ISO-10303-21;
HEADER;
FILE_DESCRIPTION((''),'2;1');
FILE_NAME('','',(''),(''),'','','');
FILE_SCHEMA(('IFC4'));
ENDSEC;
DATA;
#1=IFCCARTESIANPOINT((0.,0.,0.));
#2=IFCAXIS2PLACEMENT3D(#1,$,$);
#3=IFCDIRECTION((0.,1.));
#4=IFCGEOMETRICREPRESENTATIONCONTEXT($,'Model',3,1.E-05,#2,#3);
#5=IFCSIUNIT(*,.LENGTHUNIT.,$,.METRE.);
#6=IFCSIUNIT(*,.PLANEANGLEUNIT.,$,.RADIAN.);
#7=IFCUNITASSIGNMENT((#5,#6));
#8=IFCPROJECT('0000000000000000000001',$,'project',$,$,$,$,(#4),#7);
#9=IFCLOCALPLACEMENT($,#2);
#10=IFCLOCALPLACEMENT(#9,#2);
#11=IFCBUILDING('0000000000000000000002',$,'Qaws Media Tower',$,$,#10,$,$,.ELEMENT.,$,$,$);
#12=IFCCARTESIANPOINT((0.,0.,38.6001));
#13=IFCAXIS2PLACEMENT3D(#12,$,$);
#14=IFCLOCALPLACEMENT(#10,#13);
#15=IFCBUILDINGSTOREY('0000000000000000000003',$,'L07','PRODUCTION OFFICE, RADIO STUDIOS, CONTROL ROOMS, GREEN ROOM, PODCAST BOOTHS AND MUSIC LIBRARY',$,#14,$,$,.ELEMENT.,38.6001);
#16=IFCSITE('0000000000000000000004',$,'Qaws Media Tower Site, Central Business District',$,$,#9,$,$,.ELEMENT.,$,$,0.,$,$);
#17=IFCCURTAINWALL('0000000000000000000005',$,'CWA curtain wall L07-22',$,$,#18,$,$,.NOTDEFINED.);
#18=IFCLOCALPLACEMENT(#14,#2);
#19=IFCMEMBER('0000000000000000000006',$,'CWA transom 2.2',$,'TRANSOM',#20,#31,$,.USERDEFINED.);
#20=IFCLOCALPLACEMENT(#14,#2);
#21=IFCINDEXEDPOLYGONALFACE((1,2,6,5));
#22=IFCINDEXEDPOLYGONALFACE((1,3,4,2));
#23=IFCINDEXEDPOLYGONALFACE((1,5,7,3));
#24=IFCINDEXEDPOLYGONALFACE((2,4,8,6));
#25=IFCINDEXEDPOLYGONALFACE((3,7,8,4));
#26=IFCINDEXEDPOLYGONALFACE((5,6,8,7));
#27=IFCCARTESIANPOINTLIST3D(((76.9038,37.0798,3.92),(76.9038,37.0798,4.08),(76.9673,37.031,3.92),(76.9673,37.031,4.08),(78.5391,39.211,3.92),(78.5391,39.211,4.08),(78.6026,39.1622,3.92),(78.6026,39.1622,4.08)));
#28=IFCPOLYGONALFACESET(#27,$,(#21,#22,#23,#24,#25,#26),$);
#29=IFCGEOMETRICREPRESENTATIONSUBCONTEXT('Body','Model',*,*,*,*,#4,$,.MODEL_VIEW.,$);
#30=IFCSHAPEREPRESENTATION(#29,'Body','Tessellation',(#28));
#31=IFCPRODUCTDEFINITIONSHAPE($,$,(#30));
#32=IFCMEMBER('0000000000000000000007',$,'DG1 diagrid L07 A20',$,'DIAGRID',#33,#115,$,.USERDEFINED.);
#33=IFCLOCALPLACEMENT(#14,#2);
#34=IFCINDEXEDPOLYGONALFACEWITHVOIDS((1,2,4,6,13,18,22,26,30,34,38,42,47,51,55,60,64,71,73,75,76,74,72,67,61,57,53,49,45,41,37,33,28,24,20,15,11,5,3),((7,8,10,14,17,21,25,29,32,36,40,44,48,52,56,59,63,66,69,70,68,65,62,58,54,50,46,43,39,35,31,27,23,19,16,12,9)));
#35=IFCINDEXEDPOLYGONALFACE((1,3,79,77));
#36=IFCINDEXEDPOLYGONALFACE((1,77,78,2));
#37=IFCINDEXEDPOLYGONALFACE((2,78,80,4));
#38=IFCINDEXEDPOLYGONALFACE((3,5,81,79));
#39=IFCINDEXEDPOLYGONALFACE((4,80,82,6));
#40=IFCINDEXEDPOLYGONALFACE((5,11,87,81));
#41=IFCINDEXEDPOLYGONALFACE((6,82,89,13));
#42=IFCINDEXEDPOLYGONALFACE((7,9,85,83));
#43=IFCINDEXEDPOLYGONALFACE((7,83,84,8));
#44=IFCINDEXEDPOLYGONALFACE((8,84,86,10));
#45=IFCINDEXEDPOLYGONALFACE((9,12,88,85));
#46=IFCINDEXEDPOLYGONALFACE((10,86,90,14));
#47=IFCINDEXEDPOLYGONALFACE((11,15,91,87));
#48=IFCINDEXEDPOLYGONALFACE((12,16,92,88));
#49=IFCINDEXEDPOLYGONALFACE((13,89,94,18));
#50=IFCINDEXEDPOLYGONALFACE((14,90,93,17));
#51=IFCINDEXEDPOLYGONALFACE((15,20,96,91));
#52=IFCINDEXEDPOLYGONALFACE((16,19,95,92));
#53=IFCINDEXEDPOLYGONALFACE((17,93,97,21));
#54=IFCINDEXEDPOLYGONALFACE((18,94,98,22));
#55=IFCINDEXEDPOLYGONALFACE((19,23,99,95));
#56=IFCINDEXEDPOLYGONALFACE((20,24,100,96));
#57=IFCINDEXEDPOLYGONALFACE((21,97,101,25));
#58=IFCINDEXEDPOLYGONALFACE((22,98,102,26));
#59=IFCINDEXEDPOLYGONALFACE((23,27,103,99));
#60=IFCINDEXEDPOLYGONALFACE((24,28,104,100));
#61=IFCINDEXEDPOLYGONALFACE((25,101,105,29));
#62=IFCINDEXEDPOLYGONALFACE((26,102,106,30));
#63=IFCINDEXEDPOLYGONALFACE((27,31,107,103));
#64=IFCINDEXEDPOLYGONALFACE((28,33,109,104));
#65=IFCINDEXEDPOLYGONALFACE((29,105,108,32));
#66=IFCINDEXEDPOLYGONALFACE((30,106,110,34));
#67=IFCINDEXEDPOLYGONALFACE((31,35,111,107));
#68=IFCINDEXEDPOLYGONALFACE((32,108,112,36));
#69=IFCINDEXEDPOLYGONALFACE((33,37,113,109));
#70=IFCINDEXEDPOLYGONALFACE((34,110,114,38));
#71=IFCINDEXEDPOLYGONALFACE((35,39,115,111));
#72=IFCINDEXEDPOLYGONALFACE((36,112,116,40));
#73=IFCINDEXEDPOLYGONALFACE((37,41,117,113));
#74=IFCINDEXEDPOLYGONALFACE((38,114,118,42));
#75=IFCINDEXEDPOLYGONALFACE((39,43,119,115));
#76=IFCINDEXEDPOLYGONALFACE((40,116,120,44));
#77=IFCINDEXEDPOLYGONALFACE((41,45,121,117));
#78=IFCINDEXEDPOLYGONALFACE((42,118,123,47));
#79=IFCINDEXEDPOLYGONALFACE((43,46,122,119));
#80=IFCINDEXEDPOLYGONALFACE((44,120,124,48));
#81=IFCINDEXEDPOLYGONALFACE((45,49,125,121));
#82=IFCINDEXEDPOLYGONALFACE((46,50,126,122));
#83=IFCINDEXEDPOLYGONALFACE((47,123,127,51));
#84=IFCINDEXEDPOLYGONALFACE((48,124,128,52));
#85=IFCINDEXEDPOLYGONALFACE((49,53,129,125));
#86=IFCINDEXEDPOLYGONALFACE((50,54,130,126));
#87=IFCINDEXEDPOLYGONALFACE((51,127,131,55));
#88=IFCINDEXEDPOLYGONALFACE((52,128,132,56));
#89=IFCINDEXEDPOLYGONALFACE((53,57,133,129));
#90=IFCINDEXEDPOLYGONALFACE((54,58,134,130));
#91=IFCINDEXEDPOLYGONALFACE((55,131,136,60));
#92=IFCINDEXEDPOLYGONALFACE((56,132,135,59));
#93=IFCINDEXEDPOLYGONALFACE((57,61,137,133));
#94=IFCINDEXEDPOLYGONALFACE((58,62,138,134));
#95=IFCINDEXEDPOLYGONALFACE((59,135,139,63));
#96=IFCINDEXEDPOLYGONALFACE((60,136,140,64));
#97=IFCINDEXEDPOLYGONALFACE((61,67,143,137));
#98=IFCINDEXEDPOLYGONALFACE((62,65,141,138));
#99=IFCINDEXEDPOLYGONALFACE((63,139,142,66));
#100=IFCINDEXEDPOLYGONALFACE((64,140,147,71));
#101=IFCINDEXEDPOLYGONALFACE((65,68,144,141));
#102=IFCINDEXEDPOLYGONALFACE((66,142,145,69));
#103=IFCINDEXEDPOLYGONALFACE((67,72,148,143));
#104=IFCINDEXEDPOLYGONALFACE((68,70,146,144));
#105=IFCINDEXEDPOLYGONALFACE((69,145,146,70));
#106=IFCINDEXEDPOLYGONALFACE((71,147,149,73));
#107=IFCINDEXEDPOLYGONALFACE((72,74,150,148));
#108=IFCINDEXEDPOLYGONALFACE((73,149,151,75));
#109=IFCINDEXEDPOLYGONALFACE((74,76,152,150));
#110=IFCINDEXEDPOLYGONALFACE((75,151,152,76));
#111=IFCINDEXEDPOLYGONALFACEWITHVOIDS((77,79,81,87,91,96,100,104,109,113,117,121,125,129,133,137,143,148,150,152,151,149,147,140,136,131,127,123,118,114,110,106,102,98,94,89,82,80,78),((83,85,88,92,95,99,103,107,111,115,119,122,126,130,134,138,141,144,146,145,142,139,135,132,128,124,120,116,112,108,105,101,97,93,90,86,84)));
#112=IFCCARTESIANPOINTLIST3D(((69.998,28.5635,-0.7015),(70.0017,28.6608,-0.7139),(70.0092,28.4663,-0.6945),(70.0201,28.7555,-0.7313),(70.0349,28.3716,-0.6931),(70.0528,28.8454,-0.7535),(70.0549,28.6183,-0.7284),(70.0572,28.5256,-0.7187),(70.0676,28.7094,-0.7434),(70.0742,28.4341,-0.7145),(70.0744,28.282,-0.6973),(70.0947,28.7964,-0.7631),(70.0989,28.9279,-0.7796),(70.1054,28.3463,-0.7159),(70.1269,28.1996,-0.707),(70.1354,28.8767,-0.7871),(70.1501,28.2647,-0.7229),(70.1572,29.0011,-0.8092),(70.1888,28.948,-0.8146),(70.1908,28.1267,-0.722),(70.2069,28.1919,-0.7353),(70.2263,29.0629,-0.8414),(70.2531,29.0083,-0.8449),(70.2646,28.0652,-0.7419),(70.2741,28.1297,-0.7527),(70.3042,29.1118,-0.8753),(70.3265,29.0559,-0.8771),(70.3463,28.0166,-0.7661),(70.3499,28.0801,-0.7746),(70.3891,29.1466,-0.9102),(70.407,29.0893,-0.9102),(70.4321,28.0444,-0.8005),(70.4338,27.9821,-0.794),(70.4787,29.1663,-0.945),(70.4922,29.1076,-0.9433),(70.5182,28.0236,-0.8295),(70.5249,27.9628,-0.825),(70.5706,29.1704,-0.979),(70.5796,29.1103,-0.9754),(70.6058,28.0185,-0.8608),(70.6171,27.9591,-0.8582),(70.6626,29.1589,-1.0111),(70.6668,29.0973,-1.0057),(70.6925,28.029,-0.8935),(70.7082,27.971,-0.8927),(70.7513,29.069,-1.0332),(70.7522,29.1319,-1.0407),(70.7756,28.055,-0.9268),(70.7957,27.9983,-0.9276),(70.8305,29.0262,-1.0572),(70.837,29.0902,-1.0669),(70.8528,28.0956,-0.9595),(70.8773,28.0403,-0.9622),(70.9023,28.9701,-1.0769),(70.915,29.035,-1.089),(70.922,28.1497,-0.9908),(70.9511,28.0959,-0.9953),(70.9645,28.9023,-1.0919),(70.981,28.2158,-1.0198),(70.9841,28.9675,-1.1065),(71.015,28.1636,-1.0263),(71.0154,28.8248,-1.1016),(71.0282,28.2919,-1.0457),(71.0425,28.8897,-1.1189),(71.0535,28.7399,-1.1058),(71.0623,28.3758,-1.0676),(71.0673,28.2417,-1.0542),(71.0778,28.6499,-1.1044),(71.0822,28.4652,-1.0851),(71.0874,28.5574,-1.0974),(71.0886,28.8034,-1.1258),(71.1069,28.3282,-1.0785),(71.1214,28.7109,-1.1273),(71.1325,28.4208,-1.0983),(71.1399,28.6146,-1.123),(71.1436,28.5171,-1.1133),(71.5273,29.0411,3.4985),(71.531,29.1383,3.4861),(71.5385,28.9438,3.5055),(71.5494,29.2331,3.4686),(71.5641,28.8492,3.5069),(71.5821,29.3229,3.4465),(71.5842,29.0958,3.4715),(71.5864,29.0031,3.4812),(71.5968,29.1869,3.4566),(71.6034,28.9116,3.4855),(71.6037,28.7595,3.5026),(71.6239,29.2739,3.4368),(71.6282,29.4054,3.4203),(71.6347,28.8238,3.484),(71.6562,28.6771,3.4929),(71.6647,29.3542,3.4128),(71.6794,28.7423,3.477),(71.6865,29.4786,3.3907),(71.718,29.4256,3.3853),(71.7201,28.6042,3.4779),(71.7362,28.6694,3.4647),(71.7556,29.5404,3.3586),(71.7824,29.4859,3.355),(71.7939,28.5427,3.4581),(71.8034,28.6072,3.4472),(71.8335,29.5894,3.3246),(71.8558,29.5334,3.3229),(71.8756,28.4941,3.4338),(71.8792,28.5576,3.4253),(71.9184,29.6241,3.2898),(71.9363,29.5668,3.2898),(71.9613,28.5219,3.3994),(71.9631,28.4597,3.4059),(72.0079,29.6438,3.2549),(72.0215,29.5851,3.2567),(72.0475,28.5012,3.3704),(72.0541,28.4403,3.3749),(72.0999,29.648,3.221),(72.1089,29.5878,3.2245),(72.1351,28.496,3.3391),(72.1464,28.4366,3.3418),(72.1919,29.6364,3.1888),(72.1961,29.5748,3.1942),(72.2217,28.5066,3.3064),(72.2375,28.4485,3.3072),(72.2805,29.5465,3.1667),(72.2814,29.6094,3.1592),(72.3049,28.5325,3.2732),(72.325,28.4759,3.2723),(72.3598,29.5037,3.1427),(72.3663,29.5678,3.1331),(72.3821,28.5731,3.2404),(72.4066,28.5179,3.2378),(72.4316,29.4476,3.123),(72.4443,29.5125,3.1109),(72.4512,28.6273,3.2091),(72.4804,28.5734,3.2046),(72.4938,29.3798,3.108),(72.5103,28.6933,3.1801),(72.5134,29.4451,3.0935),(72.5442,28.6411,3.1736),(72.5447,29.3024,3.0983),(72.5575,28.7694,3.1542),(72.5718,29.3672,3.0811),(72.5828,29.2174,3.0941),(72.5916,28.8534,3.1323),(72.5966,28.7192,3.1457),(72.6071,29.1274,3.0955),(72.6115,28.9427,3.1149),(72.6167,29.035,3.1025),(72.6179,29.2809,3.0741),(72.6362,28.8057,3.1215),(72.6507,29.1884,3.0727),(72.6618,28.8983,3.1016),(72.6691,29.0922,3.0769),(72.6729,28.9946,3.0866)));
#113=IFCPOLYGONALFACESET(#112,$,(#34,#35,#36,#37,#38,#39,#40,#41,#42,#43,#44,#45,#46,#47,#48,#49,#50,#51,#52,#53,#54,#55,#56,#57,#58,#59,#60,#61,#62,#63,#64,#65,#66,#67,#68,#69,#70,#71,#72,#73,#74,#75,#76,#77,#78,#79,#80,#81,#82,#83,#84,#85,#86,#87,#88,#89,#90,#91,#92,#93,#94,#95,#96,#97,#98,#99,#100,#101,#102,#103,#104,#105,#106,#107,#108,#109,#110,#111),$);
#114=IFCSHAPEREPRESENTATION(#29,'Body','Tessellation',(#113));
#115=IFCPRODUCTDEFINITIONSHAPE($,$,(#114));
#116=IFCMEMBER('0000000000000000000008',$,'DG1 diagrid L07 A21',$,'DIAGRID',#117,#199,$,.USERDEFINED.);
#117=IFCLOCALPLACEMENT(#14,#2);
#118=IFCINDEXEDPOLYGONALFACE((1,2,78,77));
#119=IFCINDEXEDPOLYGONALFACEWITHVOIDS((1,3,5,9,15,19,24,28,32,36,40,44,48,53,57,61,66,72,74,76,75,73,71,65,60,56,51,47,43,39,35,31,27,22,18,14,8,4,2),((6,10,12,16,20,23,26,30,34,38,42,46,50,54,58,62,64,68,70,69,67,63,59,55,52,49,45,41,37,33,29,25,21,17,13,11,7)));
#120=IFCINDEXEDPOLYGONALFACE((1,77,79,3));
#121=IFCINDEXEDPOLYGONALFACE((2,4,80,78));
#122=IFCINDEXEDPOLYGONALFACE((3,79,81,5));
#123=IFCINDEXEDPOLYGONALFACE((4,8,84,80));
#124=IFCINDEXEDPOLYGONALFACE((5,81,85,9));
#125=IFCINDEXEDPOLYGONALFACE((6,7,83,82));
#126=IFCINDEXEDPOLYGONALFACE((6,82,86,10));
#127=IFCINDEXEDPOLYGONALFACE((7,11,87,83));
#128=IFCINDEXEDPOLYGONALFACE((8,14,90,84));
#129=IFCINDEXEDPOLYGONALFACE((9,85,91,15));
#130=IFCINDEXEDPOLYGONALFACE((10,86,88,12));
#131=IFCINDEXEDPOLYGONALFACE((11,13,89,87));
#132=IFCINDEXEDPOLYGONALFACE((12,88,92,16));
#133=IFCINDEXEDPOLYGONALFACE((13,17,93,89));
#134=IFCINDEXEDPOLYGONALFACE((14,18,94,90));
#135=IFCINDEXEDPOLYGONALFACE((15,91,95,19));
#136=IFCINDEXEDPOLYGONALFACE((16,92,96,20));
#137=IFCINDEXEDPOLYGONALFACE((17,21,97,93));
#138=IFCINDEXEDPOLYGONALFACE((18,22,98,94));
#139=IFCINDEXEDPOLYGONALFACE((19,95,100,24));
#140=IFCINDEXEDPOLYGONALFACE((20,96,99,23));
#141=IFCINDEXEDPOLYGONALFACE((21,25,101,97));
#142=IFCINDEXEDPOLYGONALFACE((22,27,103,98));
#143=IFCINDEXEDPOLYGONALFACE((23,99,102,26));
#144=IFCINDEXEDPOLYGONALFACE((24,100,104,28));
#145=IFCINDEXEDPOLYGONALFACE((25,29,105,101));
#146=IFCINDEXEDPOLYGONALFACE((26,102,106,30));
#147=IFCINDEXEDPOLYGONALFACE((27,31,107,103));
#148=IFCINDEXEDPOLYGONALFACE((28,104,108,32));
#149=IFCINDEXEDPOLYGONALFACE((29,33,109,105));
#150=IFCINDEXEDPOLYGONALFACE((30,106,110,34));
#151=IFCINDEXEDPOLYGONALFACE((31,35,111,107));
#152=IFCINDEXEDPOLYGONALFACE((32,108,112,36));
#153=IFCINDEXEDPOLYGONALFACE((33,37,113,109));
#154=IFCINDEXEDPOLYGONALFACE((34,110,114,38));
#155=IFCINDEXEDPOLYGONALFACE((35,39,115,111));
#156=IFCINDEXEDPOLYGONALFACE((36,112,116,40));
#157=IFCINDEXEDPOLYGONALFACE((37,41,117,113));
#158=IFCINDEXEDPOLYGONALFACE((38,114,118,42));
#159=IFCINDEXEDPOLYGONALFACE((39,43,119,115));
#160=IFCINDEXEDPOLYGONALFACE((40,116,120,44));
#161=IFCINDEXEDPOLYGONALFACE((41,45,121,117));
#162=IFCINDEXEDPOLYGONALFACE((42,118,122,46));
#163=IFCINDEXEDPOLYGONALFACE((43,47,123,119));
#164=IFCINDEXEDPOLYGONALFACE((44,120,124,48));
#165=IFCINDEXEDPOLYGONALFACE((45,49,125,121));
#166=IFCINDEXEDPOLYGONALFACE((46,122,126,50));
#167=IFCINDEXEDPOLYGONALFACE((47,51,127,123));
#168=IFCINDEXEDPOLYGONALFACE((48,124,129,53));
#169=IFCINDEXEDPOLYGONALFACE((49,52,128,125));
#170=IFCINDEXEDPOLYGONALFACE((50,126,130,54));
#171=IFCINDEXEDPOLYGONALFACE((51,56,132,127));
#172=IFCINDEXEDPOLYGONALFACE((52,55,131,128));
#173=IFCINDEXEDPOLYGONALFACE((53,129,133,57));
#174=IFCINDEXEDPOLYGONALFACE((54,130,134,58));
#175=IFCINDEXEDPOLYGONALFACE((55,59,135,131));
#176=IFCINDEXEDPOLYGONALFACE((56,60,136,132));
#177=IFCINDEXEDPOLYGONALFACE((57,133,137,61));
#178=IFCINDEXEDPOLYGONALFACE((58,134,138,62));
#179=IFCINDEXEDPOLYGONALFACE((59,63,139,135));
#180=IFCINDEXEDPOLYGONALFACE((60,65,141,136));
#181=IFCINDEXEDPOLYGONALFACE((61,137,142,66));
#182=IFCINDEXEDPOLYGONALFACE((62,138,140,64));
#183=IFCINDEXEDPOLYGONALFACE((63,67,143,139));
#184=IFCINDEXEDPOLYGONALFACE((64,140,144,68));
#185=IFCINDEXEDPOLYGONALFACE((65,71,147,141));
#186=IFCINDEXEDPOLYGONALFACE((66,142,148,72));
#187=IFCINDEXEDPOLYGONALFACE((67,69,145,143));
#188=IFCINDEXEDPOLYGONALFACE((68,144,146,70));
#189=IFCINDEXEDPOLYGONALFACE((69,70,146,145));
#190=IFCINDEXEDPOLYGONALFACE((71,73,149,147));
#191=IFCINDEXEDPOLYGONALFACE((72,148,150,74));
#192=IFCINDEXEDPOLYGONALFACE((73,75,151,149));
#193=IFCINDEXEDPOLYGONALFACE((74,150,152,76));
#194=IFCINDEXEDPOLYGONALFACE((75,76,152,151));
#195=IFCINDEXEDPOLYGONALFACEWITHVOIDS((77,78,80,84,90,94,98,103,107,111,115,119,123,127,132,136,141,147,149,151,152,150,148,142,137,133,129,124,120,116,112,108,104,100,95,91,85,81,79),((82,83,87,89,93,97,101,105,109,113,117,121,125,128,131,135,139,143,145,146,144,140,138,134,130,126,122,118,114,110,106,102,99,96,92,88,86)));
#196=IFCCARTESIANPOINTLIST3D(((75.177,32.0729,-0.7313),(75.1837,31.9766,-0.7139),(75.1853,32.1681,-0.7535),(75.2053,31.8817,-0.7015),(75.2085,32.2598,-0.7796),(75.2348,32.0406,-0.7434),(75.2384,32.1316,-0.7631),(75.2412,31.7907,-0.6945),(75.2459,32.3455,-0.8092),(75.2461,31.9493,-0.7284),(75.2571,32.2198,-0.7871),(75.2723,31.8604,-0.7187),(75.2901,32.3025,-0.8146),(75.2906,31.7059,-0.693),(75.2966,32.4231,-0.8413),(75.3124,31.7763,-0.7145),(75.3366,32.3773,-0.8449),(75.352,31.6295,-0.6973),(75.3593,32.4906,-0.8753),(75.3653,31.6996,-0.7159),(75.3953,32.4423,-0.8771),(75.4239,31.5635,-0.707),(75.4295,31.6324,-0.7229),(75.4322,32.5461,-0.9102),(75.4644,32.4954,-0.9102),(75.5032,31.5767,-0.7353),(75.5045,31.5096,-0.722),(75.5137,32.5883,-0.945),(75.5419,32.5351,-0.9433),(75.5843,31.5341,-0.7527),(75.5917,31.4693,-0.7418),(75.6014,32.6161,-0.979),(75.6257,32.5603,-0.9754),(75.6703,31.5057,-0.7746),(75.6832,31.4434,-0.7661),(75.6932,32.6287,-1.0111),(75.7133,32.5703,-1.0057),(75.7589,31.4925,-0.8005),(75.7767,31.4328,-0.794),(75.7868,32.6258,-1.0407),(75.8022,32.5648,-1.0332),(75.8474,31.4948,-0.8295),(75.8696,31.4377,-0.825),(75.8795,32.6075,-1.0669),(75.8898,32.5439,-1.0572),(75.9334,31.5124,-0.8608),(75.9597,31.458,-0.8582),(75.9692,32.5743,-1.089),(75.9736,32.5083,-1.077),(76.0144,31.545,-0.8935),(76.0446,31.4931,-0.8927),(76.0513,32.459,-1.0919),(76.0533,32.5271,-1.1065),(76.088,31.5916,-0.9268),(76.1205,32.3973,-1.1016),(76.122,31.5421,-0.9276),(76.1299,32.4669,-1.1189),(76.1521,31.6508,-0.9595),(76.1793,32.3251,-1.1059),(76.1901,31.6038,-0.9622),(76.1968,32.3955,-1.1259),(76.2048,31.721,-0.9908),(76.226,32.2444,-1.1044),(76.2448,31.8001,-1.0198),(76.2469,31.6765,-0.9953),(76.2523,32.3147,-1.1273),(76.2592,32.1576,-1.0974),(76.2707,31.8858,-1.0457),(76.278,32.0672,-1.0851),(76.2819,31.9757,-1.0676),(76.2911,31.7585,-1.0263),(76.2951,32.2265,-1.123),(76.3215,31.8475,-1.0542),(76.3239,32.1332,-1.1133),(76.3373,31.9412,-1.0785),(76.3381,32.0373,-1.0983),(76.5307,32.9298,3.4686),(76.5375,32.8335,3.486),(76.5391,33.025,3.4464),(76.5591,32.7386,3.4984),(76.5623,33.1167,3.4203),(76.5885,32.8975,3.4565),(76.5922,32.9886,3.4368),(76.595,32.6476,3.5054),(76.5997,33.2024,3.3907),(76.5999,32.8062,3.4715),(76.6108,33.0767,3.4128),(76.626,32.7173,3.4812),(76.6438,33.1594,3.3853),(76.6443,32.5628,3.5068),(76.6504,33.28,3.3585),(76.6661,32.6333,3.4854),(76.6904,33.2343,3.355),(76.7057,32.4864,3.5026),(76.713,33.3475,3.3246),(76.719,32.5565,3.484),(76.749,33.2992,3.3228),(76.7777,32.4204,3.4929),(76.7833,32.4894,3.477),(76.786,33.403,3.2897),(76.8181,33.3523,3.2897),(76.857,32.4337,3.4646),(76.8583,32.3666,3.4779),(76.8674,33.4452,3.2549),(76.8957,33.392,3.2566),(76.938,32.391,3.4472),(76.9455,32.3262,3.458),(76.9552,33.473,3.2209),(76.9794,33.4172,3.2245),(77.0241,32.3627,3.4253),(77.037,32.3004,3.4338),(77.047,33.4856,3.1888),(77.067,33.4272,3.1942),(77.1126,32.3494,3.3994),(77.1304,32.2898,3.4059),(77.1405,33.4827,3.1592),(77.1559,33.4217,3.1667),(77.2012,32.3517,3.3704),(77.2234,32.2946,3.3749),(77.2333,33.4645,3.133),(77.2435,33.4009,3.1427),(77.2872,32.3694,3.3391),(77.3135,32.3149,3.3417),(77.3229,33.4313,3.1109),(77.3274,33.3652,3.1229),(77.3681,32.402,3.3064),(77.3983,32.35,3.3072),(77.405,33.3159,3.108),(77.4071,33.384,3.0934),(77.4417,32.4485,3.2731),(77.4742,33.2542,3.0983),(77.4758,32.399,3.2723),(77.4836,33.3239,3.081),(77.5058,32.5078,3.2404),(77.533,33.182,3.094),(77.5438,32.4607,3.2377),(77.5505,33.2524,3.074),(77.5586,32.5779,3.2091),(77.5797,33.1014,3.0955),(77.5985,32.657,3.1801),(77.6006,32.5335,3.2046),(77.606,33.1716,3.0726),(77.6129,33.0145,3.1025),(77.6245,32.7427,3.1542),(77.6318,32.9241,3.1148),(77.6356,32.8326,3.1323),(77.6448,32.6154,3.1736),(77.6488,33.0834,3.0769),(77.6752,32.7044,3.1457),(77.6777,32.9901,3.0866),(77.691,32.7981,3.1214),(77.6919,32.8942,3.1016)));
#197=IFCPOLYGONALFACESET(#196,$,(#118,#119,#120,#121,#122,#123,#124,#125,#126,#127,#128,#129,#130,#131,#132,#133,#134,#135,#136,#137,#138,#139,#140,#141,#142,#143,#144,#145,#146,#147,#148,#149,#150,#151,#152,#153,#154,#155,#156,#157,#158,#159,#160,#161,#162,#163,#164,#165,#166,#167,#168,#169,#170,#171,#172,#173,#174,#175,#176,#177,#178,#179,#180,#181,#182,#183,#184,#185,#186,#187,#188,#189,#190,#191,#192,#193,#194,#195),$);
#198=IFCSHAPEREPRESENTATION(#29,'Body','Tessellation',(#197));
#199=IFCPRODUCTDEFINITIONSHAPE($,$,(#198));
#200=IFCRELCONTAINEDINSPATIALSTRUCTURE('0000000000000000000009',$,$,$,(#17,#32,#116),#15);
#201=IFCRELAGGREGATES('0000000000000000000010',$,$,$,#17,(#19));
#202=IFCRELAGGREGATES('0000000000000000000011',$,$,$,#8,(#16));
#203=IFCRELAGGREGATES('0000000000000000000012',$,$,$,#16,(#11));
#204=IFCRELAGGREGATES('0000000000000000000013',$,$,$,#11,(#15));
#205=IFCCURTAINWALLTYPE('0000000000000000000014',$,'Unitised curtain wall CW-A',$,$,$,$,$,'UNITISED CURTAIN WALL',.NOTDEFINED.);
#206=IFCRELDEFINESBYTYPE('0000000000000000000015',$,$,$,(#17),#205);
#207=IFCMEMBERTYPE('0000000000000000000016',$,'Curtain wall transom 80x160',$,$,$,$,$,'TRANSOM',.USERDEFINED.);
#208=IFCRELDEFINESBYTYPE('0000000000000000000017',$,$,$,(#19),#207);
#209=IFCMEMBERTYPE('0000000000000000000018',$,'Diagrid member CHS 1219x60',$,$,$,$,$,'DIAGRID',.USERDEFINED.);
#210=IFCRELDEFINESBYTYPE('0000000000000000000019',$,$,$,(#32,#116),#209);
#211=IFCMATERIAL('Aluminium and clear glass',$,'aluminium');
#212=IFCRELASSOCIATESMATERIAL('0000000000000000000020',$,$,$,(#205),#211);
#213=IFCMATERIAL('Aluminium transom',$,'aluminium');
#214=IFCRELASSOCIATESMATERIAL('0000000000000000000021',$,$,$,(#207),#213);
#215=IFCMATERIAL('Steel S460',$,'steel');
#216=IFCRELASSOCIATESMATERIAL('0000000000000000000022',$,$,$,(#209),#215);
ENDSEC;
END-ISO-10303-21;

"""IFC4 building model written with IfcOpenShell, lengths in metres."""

from ifc_helpers import new_model, si_unit, direction, frame, origin, origin_2d, place, context, subcontext, project, spatial, rectangle, hollow_circle, extrude, material, material_profile, profile_set, type_object, element, aggregate, save


model = new_model("IFC4")

# Units and contexts
model_context = context("Model", 3, precision=1e-05, world=origin(), true_north=direction((0.0, 1.0)))
body_context = subcontext(model_context, "Body", "Model", "MODEL_VIEW")
ifc_project = project(units=[si_unit("LENGTHUNIT", "METRE"), si_unit("PLANEANGLEUNIT", "RADIAN")], contexts=[model_context])

# Site, building, storey
site_placement = place(None, origin())
site = spatial("IfcSite", under=ifc_project, at=site_placement, Name="Qaws Media Tower Site, Central Business District", CompositionType="ELEMENT", RefElevation=0.0)
building_placement = place(site_placement, origin())
building = spatial("IfcBuilding", under=site, at=building_placement, Name="Qaws Media Tower", CompositionType="ELEMENT")
storey_placement = place(building_placement, frame((0.0, 0.0, 38.6001)))
storey = spatial("IfcBuildingStorey", under=building, at=storey_placement, Name="L07", Description="PRODUCTION OFFICE, RADIO STUDIOS, CONTROL ROOMS, GREEN ROOM, PODCAST BOOTHS AND MUSIC LIBRARY", CompositionType="ELEMENT", Elevation=38.6001)

# Shared definitions
ifc_material_1 = material(Name="Aluminium and clear glass", Category="aluminium")
curtain_wall_type = type_object("IfcCurtainWallType", Name="Unitised curtain wall CW-A", ElementType="UNITISED CURTAIN WALL", PredefinedType="NOTDEFINED", material=ifc_material_1)

# Curtain wall
curtain_wall_1_placement = place(storey_placement, origin())
curtain_wall_1 = element("IfcCurtainWall", 1, at=curtain_wall_1_placement, inside=storey, type_object=curtain_wall_type, Name="CWA curtain wall L07-22", PredefinedType="NOTDEFINED")

# Member
ifc_material_2 = material(Name="Aluminium transom", Category="aluminium")
ifc_material_profile_1 = material_profile(ifc_material_2, rectangle(XDim=0.0801, YDim=0.1599, at=origin_2d()), Name="80x160")
ifc_profile_set_1 = profile_set([ifc_material_profile_1], Name="Aluminium transom")
member_type_1 = type_object("IfcMemberType", Name="Curtain wall transom 80x160", ElementType="TRANSOM", PredefinedType="USERDEFINED", material=ifc_profile_set_1)
member_1_placement = place(storey_placement, frame((76.9355, 37.0554, 4.0), z_axis=(0.608762, 0.793353, 0.0), x_axis=(-0.793353, 0.608762, 0.0)))
member_1 = element("IfcMember", 2, at=member_1_placement, type_object=member_type_1, Name="CWA transom 2.2", ObjectType="TRANSOM", PredefinedType="USERDEFINED", context=body_context, shape_type="SweptSolid", body=[
    extrude(rectangle(XDim=0.0801, YDim=0.1599, at=origin_2d()), origin(), (0.0, 0.0, 1.0), 2.6863),
])

# Members
ifc_material_3 = material(Name="Steel S460", Category="steel")
ifc_material_profile_2 = material_profile(ifc_material_3, hollow_circle(Radius=0.6096, WallThickness=0.0601, at=origin_2d()), Name="CHS 1219x60")
ifc_profile_set_2 = profile_set([ifc_material_profile_2], Name="Steel S460")
member_type_2 = type_object("IfcMemberType", Name="Diagrid member CHS 1219x60", ElementType="DIAGRID", PredefinedType="USERDEFINED", material=ifc_profile_set_2)
for number, where, z_axis, x_axis, name in (
    (3, (70.5708, 28.5647, -0.9102), (0.34021, 0.106234, 0.934329), (-0.298067, 0.954545, 0.0), "DG1 diagrid L07 A20"),
    (4, (75.7583, 32.031, -0.9102), (0.301158, 0.190634, 0.934324), (-0.534853, 0.844945, 0.0), "DG1 diagrid L07 A21"),
):
    element("IfcMember", number, at=place(storey_placement, frame(where, z_axis=z_axis, x_axis=x_axis)), inside=storey, type_object=member_type_2, Name=name, ObjectType="DIAGRID", PredefinedType="USERDEFINED", context=body_context, shape_type="SweptSolid", body=[
        extrude(hollow_circle(Radius=0.6096, WallThickness=0.0601, at=origin_2d()), origin(), (0.0, 0.0, 1.0), 4.4951),
    ])

aggregate(curtain_wall_1, [member_1])

save(model, "model.ifc")
